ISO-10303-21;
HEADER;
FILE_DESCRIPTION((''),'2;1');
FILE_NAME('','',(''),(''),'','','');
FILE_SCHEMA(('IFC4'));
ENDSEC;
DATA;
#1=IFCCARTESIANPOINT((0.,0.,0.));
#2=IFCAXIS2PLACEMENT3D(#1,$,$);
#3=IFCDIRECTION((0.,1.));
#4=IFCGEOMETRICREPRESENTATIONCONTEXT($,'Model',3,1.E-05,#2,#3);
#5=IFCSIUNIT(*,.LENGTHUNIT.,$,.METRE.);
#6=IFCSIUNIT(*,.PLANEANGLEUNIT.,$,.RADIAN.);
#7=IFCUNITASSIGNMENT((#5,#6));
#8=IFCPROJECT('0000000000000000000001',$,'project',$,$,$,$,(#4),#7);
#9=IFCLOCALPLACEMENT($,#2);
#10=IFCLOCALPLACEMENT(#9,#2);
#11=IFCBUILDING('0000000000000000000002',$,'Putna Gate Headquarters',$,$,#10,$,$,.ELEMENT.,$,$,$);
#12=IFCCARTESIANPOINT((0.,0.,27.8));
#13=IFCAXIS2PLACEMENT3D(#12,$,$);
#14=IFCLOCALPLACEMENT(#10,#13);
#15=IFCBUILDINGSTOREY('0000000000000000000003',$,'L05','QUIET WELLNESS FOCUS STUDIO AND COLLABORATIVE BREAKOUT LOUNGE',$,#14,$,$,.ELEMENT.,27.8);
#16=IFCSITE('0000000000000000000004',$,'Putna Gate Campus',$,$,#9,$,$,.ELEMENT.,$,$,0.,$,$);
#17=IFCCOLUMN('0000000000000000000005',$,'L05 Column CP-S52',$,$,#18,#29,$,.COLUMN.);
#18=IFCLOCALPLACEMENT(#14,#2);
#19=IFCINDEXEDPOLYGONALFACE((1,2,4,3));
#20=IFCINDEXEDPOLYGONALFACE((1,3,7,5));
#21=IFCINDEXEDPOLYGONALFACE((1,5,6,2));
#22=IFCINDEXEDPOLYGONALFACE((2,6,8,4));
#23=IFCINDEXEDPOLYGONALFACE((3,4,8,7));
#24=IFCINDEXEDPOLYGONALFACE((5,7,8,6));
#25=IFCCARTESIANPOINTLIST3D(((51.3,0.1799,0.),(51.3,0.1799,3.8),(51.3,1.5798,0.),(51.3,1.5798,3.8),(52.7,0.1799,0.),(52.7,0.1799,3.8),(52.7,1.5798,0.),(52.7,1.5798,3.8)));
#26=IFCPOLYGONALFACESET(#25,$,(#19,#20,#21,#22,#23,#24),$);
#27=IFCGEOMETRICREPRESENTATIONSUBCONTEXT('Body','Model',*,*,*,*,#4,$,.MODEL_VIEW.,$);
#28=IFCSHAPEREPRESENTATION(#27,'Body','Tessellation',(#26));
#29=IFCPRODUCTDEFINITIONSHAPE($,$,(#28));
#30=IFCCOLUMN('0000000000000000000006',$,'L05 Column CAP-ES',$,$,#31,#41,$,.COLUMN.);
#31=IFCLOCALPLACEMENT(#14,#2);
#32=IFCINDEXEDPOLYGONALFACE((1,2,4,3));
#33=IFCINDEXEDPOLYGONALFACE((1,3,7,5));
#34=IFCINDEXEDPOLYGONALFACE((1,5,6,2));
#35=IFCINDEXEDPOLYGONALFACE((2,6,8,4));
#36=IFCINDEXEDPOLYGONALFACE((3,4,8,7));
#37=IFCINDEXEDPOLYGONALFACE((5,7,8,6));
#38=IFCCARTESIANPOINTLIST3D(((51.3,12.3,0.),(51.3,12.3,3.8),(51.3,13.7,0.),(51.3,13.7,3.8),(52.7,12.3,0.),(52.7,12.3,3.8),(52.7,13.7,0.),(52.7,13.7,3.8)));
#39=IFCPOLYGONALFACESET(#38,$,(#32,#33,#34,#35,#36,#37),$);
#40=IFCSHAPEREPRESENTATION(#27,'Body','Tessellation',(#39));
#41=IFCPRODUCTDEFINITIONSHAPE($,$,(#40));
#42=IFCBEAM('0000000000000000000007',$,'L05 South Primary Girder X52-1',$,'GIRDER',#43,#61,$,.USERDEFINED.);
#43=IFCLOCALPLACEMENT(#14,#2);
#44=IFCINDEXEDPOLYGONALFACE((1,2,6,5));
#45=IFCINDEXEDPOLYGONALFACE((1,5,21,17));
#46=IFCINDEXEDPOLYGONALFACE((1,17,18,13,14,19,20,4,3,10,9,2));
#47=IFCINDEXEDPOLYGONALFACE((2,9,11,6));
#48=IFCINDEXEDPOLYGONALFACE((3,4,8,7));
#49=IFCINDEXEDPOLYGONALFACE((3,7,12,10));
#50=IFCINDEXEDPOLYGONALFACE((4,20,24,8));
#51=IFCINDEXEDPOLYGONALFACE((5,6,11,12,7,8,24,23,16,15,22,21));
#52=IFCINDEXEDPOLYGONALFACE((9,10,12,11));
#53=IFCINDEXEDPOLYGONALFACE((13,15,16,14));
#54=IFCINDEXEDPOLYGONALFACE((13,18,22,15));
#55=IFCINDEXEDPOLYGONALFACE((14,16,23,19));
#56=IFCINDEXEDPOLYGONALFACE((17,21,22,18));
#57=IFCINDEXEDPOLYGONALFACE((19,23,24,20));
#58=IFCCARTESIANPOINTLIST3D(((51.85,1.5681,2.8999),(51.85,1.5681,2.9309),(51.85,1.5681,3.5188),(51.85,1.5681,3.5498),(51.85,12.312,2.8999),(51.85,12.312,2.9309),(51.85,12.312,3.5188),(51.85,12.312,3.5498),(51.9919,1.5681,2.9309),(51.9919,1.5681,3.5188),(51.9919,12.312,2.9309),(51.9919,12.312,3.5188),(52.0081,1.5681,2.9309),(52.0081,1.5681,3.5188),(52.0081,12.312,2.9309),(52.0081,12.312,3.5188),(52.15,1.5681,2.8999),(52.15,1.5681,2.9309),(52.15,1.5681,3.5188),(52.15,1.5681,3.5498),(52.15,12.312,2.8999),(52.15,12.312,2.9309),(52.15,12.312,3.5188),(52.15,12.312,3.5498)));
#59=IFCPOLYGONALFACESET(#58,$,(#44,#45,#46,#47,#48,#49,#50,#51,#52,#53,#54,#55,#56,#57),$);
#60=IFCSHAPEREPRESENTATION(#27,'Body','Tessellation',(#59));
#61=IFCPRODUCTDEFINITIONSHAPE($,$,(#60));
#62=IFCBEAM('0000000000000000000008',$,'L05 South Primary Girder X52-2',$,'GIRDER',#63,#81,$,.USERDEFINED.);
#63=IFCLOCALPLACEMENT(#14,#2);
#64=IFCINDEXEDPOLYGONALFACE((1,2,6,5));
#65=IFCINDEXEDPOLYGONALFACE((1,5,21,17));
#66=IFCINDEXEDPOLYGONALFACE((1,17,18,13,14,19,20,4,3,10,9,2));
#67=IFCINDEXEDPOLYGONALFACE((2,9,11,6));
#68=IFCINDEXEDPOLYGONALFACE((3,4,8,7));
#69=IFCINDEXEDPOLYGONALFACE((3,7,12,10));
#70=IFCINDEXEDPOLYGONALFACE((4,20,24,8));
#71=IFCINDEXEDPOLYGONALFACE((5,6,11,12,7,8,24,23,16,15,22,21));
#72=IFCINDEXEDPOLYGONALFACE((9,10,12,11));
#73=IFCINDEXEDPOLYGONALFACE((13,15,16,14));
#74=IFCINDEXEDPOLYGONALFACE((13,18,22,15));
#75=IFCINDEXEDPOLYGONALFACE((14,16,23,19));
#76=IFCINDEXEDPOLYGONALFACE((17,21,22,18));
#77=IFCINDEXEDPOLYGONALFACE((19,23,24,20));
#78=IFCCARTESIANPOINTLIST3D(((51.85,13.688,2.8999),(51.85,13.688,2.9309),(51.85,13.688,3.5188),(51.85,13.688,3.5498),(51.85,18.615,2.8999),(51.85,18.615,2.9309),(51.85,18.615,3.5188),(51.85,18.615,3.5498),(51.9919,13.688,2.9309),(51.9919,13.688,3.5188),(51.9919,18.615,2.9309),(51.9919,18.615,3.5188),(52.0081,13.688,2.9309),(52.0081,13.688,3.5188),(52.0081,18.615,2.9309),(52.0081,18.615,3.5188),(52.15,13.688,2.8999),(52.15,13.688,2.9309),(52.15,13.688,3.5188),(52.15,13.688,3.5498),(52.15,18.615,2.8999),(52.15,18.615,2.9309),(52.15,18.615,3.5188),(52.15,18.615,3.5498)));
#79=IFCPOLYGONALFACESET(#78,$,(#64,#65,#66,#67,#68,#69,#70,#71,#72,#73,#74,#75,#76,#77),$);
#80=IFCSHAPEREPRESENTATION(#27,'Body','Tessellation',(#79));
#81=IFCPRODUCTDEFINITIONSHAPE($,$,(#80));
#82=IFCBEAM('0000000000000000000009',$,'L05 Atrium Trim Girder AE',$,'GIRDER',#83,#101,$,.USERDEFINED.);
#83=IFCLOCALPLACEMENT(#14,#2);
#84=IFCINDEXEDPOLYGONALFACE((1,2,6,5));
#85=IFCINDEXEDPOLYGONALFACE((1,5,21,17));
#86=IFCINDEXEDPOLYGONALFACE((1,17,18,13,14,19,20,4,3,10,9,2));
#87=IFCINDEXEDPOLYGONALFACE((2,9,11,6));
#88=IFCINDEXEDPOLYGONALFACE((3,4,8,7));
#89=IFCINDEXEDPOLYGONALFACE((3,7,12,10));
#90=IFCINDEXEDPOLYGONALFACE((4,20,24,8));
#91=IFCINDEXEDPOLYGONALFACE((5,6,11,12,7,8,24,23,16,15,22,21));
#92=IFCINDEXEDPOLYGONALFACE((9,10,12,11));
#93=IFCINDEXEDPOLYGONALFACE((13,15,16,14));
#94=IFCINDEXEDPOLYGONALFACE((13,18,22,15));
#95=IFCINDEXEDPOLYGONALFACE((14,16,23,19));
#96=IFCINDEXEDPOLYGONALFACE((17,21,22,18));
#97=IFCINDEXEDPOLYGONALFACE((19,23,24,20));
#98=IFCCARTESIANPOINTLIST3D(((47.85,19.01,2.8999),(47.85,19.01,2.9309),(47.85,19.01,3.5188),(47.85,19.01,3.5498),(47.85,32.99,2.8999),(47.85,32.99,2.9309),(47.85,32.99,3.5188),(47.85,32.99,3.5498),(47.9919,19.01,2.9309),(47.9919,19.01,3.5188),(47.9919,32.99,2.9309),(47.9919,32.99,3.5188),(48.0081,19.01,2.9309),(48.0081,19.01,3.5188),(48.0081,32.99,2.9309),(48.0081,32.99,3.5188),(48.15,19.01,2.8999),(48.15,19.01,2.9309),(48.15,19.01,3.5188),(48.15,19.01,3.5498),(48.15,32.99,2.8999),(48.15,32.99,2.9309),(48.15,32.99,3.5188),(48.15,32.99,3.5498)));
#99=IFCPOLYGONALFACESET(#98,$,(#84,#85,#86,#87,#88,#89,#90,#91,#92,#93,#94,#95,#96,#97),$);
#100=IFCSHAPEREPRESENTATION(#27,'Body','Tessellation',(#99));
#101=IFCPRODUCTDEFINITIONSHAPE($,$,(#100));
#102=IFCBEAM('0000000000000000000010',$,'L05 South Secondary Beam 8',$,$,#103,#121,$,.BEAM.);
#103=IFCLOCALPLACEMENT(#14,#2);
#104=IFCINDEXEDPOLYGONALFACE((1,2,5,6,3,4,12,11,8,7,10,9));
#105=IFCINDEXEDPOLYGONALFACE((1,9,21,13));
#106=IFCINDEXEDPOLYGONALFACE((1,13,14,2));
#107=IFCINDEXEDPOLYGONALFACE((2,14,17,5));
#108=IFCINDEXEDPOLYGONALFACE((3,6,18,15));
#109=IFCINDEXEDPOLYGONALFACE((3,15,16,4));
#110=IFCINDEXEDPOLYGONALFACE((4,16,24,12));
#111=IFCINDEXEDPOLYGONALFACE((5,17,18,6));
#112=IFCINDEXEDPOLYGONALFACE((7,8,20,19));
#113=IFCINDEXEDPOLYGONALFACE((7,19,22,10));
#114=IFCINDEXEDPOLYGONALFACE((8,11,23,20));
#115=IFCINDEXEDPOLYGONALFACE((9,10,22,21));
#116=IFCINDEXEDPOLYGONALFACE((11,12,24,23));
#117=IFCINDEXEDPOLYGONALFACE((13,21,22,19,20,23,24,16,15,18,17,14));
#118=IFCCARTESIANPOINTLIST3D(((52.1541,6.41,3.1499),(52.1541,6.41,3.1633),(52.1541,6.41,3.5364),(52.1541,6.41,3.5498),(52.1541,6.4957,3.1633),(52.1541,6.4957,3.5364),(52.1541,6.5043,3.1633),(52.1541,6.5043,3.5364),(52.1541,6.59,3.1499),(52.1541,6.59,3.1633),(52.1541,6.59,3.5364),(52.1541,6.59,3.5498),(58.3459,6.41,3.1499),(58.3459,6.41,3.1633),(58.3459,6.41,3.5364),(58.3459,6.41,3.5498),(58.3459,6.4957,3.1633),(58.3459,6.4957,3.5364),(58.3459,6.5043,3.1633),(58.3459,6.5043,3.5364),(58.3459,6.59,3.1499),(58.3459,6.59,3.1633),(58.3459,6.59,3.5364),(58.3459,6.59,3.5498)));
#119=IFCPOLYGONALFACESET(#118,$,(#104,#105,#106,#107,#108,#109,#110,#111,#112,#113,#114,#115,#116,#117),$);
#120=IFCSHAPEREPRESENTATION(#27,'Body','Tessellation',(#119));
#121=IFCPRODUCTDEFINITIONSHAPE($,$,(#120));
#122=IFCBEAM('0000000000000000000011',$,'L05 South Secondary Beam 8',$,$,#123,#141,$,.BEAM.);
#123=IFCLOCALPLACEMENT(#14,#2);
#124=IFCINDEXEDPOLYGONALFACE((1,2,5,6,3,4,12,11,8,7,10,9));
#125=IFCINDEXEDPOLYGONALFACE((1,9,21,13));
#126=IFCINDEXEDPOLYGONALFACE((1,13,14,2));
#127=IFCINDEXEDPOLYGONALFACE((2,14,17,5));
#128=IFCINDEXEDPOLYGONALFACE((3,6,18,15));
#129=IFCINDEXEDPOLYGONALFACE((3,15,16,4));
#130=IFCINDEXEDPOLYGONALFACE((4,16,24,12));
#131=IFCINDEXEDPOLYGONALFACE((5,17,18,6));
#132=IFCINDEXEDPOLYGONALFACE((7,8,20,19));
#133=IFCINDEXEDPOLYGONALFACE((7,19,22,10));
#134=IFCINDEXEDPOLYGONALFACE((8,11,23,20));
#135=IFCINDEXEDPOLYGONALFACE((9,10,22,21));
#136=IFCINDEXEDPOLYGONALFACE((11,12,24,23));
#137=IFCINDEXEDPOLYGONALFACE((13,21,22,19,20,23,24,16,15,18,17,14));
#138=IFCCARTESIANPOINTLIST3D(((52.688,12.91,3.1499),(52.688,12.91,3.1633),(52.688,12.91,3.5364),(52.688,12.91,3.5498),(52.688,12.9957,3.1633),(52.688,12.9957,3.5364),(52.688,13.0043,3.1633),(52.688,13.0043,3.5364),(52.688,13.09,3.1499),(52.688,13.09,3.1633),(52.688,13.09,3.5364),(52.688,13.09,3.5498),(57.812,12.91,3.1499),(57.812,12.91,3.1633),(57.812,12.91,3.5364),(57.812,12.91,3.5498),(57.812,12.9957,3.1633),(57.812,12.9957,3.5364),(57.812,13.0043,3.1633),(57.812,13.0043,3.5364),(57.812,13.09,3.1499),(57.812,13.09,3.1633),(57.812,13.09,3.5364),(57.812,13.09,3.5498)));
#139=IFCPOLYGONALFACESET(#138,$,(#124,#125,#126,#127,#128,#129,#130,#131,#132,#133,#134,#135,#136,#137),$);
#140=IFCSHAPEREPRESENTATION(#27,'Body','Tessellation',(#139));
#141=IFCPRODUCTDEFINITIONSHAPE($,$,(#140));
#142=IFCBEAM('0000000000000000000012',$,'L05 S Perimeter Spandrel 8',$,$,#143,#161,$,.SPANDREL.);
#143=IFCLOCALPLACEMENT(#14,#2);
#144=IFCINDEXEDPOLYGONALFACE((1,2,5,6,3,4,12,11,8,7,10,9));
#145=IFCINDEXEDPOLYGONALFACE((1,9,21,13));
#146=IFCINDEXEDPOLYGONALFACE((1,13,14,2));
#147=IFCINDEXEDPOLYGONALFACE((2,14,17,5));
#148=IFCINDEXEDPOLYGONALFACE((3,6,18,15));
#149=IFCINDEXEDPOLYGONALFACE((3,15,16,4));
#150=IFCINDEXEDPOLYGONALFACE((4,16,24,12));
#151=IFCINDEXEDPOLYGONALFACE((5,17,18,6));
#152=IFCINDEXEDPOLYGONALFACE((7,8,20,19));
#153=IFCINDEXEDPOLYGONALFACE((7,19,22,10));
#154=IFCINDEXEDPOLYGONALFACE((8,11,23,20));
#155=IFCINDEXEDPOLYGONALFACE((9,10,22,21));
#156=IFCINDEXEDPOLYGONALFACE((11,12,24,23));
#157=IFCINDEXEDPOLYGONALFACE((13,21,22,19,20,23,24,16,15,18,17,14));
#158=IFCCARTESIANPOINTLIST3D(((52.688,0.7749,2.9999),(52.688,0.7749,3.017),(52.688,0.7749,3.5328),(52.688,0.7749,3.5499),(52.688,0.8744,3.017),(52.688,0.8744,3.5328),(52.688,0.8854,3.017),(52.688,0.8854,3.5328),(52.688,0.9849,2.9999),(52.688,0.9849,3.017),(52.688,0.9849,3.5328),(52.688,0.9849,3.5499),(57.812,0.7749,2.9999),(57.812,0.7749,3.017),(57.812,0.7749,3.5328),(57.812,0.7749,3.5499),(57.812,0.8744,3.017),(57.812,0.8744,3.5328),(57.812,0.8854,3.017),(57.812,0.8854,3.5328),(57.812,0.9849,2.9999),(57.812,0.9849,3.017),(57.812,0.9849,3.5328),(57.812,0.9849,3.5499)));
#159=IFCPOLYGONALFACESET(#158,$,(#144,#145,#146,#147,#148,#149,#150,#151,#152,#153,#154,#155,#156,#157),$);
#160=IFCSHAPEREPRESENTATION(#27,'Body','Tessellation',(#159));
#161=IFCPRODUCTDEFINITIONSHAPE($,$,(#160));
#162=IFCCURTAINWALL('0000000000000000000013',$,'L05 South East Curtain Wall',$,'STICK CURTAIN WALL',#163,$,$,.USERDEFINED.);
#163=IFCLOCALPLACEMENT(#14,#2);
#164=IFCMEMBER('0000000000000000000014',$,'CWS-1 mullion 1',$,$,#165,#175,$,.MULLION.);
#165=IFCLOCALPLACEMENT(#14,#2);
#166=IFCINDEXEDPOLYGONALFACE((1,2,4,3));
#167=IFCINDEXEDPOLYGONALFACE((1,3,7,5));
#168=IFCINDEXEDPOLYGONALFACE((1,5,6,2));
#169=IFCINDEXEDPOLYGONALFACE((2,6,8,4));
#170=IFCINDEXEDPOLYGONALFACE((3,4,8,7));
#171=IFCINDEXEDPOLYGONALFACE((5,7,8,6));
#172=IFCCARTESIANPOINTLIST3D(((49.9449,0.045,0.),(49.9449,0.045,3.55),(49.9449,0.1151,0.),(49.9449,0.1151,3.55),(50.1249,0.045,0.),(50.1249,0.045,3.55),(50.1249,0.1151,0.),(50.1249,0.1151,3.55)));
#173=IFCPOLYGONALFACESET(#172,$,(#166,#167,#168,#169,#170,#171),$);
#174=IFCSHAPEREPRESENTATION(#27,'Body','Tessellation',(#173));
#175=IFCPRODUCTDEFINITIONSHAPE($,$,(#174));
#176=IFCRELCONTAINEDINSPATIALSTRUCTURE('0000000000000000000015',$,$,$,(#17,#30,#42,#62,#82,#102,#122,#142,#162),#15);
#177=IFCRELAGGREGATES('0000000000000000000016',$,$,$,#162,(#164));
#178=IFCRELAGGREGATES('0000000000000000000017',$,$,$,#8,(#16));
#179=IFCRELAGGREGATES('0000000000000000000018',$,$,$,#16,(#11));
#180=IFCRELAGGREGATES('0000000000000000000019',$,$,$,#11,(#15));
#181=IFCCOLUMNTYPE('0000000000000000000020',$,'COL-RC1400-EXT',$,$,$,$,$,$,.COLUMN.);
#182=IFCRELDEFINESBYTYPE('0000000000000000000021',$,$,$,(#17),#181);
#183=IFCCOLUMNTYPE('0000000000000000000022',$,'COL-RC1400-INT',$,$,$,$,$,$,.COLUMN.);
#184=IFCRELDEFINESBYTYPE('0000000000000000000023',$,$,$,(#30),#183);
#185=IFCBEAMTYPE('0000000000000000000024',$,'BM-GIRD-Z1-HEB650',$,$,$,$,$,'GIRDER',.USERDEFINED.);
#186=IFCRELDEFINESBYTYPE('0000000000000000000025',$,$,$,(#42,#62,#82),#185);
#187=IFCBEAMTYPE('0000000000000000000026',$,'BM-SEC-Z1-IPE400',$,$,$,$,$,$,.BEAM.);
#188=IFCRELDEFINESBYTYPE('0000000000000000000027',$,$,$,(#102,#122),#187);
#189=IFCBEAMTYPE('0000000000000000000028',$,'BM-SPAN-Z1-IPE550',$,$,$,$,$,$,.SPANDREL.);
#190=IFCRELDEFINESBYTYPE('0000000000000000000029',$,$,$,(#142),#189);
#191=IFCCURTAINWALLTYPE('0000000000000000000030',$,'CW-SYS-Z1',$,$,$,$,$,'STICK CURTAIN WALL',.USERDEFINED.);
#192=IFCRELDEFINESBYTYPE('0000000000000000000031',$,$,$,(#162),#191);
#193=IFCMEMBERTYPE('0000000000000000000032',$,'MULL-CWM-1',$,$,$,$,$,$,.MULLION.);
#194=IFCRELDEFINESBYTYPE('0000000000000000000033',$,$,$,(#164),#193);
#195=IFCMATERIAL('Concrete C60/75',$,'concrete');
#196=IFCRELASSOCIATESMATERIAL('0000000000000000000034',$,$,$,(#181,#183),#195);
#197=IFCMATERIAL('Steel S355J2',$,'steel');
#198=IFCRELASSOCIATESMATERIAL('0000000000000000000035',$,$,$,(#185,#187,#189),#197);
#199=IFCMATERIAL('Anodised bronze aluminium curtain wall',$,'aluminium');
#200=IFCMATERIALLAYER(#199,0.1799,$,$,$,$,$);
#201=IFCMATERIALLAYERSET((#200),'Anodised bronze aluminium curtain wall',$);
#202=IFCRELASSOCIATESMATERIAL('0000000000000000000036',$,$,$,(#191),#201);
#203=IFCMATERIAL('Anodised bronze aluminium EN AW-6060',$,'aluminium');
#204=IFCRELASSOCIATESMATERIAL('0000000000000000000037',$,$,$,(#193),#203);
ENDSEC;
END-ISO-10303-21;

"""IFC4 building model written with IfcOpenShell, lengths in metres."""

from ifc_helpers import new_model, si_unit, direction, frame, origin, origin_2d, place, context, subcontext, project, spatial, rectangle, i_section, extrude, material, layer, layer_set, material_profile, profile_set, type_object, element, aggregate, save


model = new_model("IFC4")

# Units and contexts
model_context = context("Model", 3, precision=1e-05, world=origin(), true_north=direction((0.0, 1.0)))
body_context = subcontext(model_context, "Body", "Model", "MODEL_VIEW")
ifc_project = project(units=[si_unit("LENGTHUNIT", "METRE"), si_unit("PLANEANGLEUNIT", "RADIAN")], contexts=[model_context])

# Site, building, storey
site_placement = place(None, origin())
site = spatial("IfcSite", under=ifc_project, at=site_placement, Name="Putna Gate Campus", CompositionType="ELEMENT", RefElevation=0.0)
building_placement = place(site_placement, origin())
building = spatial("IfcBuilding", under=site, at=building_placement, Name="Putna Gate Headquarters", CompositionType="ELEMENT")
storey_placement = place(building_placement, frame((0.0, 0.0, 27.8)))
storey = spatial("IfcBuildingStorey", under=building, at=storey_placement, Name="L05", Description="QUIET WELLNESS FOCUS STUDIO AND COLLABORATIVE BREAKOUT LOUNGE", CompositionType="ELEMENT", Elevation=27.8)

# Columns
ifc_material_1 = material(Name="Concrete C60/75", Category="concrete")
ifc_material_profile_1 = material_profile(ifc_material_1, rectangle(XDim=1.3999, YDim=1.3999, at=origin_2d()), Name="Concrete C60/75")
ifc_profile_set_1 = profile_set([ifc_material_profile_1], Name="Concrete C60/75")
column_type_1 = type_object("IfcColumnType", Name="COL-RC1400-EXT", PredefinedType="COLUMN", material=ifc_profile_set_1)
column_1_placement = place(storey_placement, frame((52.0, 0.8799, 0.0), z_axis=(0.0, 0.0, 1.0), x_axis=(1.0, 0.0, 0.0)))
element("IfcColumn", 1, at=column_1_placement, inside=storey, type_object=column_type_1, Name="L05 Column CP-S52", PredefinedType="COLUMN", context=body_context, shape_type="SweptSolid", body=[
    extrude(rectangle(XDim=1.3999, YDim=1.3999, at=origin_2d()), origin(), (0.0, 0.0, 1.0), 3.8),
])
ifc_material_profile_2 = material_profile(ifc_material_1, rectangle(XDim=1.3999, YDim=1.3999, at=origin_2d()), Name="Concrete C60/75")
ifc_profile_set_2 = profile_set([ifc_material_profile_2], Name="Concrete C60/75")
column_type_2 = type_object("IfcColumnType", Name="COL-RC1400-INT", PredefinedType="COLUMN", material=ifc_profile_set_2)
column_2_placement = place(storey_placement, frame((52.0, 13.0, 0.0), z_axis=(0.0, 0.0, 1.0), x_axis=(1.0, 0.0, 0.0)))
element("IfcColumn", 2, at=column_2_placement, inside=storey, type_object=column_type_2, Name="L05 Column CAP-ES", PredefinedType="COLUMN", context=body_context, shape_type="SweptSolid", body=[
    extrude(rectangle(XDim=1.3999, YDim=1.3999, at=origin_2d()), origin(), (0.0, 0.0, 1.0), 3.8),
])

# Beams
ifc_material_2 = material(Name="Steel S355J2", Category="steel")
ifc_material_profile_3 = material_profile(ifc_material_2, i_section(OverallWidth=0.3, OverallDepth=0.6499, WebThickness=0.0161, FlangeThickness=0.031, at=origin_2d()), Name="Steel S355J2")
ifc_profile_set_3 = profile_set([ifc_material_profile_3], Name="Steel S355J2")
beam_type_1 = type_object("IfcBeamType", Name="BM-GIRD-Z1-HEB650", ElementType="GIRDER", PredefinedType="USERDEFINED", material=ifc_profile_set_3)
beam_1_placement = place(storey_placement, frame((52.0, 1.5681, 3.2249), z_axis=(0.0, 1.0, 0.0), x_axis=(-1.0, 0.0, 0.0)))
element("IfcBeam", 3, at=beam_1_placement, inside=storey, type_object=beam_type_1, Name="L05 South Primary Girder X52-1", ObjectType="GIRDER", PredefinedType="USERDEFINED", context=body_context, shape_type="SweptSolid", body=[
    extrude(i_section(OverallWidth=0.3, OverallDepth=0.6499, WebThickness=0.0161, FlangeThickness=0.031, at=origin_2d()), origin(), (0.0, 0.0, 1.0), 10.7439),
])
beam_2_placement = place(storey_placement, frame((52.0, 13.688, 3.2249), z_axis=(0.0, 1.0, 0.0), x_axis=(-1.0, 0.0, 0.0)))
element("IfcBeam", 4, at=beam_2_placement, inside=storey, type_object=beam_type_1, Name="L05 South Primary Girder X52-2", ObjectType="GIRDER", PredefinedType="USERDEFINED", context=body_context, shape_type="SweptSolid", body=[
    extrude(i_section(OverallWidth=0.3, OverallDepth=0.6499, WebThickness=0.0161, FlangeThickness=0.031, at=origin_2d()), origin(), (0.0, 0.0, 1.0), 4.927),
])
beam_3_placement = place(storey_placement, frame((48.0, 19.01, 3.2249), z_axis=(0.0, 1.0, 0.0), x_axis=(-1.0, 0.0, 0.0)))
element("IfcBeam", 5, at=beam_3_placement, inside=storey, type_object=beam_type_1, Name="L05 Atrium Trim Girder AE", ObjectType="GIRDER", PredefinedType="USERDEFINED", context=body_context, shape_type="SweptSolid", body=[
    extrude(i_section(OverallWidth=0.3, OverallDepth=0.6499, WebThickness=0.0161, FlangeThickness=0.031, at=origin_2d()), origin(), (0.0, 0.0, 1.0), 13.98),
])
ifc_material_profile_4 = material_profile(ifc_material_2, i_section(OverallWidth=0.1799, OverallDepth=0.3999, WebThickness=0.0085, FlangeThickness=0.0134, at=origin_2d()), Name="Steel S355J2")
ifc_profile_set_4 = profile_set([ifc_material_profile_4], Name="Steel S355J2")
beam_type_2 = type_object("IfcBeamType", Name="BM-SEC-Z1-IPE400", PredefinedType="BEAM", material=ifc_profile_set_4)
beam_4_placement = place(storey_placement, frame((52.1541, 6.5, 3.3499), z_axis=(1.0, 0.0, 0.0), x_axis=(0.0, 1.0, 0.0)))
element("IfcBeam", 6, at=beam_4_placement, inside=storey, type_object=beam_type_2, Name="L05 South Secondary Beam 8", PredefinedType="BEAM", context=body_context, shape_type="SweptSolid", body=[
    extrude(i_section(OverallWidth=0.1799, OverallDepth=0.3999, WebThickness=0.0085, FlangeThickness=0.0134, at=origin_2d()), origin(), (0.0, 0.0, 1.0), 6.1919),
])
beam_5_placement = place(storey_placement, frame((52.688, 13.0, 3.3499), z_axis=(1.0, 0.0, 0.0), x_axis=(0.0, 1.0, 0.0)))
element("IfcBeam", 7, at=beam_5_placement, inside=storey, type_object=beam_type_2, Name="L05 South Secondary Beam 8", PredefinedType="BEAM", context=body_context, shape_type="SweptSolid", body=[
    extrude(i_section(OverallWidth=0.1799, OverallDepth=0.3999, WebThickness=0.0085, FlangeThickness=0.0134, at=origin_2d()), origin(), (0.0, 0.0, 1.0), 5.124),
])
ifc_material_profile_5 = material_profile(ifc_material_2, i_section(OverallWidth=0.21, OverallDepth=0.55, WebThickness=0.011, FlangeThickness=0.0171, at=origin_2d()), Name="Steel S355J2")
ifc_profile_set_5 = profile_set([ifc_material_profile_5], Name="Steel S355J2")
beam_type_3 = type_object("IfcBeamType", Name="BM-SPAN-Z1-IPE550", PredefinedType="SPANDREL", material=ifc_profile_set_5)
beam_6_placement = place(storey_placement, frame((52.688, 0.8799, 3.2749), z_axis=(1.0, 0.0, 0.0), x_axis=(0.0, 1.0, 0.0)))
element("IfcBeam", 8, at=beam_6_placement, inside=storey, type_object=beam_type_3, Name="L05 S Perimeter Spandrel 8", PredefinedType="SPANDREL", context=body_context, shape_type="SweptSolid", body=[
    extrude(i_section(OverallWidth=0.21, OverallDepth=0.55, WebThickness=0.011, FlangeThickness=0.0171, at=origin_2d()), origin(), (0.0, 0.0, 1.0), 5.124),
])

# Curtain wall, member
ifc_material_3 = material(Name="Anodised bronze aluminium curtain wall", Category="aluminium")
ifc_layer_1 = layer(ifc_material_3, 0.1799)
ifc_layer_set_1 = layer_set([ifc_layer_1], Name="Anodised bronze aluminium curtain wall")
curtain_wall_type_1 = type_object("IfcCurtainWallType", Name="CW-SYS-Z1", ElementType="STICK CURTAIN WALL", PredefinedType="USERDEFINED", material=ifc_layer_set_1)
curtain_wall_1_placement = place(storey_placement, origin())
curtain_wall_1 = element("IfcCurtainWall", 9, at=curtain_wall_1_placement, inside=storey, type_object=curtain_wall_type_1, Name="L05 South East Curtain Wall", ObjectType="STICK CURTAIN WALL", PredefinedType="USERDEFINED")
ifc_material_4 = material(Name="Anodised bronze aluminium EN AW-6060", Category="aluminium")
ifc_material_profile_6 = material_profile(ifc_material_4, rectangle(XDim=0.0701, YDim=0.1799, at=origin_2d()), Name="Anodised bronze aluminium EN AW-6060")
ifc_profile_set_6 = profile_set([ifc_material_profile_6], Name="Anodised bronze aluminium EN AW-6060")
member_type_1 = type_object("IfcMemberType", Name="MULL-CWM-1", PredefinedType="MULLION", material=ifc_profile_set_6)
member_1_placement = place(storey_placement, frame((50.0349, 0.0801, 0.0), z_axis=(0.0, 0.0, 1.0), x_axis=(0.0, 1.0, 0.0)))
member_1 = element("IfcMember", 10, at=member_1_placement, type_object=member_type_1, Name="CWS-1 mullion 1", PredefinedType="MULLION", context=body_context, shape_type="SweptSolid", body=[
    extrude(rectangle(XDim=0.0701, YDim=0.1799, at=origin_2d()), origin(), (0.0, 0.0, 1.0), 3.55),
])

aggregate(curtain_wall_1, [member_1])

save(model, "model.ifc")
